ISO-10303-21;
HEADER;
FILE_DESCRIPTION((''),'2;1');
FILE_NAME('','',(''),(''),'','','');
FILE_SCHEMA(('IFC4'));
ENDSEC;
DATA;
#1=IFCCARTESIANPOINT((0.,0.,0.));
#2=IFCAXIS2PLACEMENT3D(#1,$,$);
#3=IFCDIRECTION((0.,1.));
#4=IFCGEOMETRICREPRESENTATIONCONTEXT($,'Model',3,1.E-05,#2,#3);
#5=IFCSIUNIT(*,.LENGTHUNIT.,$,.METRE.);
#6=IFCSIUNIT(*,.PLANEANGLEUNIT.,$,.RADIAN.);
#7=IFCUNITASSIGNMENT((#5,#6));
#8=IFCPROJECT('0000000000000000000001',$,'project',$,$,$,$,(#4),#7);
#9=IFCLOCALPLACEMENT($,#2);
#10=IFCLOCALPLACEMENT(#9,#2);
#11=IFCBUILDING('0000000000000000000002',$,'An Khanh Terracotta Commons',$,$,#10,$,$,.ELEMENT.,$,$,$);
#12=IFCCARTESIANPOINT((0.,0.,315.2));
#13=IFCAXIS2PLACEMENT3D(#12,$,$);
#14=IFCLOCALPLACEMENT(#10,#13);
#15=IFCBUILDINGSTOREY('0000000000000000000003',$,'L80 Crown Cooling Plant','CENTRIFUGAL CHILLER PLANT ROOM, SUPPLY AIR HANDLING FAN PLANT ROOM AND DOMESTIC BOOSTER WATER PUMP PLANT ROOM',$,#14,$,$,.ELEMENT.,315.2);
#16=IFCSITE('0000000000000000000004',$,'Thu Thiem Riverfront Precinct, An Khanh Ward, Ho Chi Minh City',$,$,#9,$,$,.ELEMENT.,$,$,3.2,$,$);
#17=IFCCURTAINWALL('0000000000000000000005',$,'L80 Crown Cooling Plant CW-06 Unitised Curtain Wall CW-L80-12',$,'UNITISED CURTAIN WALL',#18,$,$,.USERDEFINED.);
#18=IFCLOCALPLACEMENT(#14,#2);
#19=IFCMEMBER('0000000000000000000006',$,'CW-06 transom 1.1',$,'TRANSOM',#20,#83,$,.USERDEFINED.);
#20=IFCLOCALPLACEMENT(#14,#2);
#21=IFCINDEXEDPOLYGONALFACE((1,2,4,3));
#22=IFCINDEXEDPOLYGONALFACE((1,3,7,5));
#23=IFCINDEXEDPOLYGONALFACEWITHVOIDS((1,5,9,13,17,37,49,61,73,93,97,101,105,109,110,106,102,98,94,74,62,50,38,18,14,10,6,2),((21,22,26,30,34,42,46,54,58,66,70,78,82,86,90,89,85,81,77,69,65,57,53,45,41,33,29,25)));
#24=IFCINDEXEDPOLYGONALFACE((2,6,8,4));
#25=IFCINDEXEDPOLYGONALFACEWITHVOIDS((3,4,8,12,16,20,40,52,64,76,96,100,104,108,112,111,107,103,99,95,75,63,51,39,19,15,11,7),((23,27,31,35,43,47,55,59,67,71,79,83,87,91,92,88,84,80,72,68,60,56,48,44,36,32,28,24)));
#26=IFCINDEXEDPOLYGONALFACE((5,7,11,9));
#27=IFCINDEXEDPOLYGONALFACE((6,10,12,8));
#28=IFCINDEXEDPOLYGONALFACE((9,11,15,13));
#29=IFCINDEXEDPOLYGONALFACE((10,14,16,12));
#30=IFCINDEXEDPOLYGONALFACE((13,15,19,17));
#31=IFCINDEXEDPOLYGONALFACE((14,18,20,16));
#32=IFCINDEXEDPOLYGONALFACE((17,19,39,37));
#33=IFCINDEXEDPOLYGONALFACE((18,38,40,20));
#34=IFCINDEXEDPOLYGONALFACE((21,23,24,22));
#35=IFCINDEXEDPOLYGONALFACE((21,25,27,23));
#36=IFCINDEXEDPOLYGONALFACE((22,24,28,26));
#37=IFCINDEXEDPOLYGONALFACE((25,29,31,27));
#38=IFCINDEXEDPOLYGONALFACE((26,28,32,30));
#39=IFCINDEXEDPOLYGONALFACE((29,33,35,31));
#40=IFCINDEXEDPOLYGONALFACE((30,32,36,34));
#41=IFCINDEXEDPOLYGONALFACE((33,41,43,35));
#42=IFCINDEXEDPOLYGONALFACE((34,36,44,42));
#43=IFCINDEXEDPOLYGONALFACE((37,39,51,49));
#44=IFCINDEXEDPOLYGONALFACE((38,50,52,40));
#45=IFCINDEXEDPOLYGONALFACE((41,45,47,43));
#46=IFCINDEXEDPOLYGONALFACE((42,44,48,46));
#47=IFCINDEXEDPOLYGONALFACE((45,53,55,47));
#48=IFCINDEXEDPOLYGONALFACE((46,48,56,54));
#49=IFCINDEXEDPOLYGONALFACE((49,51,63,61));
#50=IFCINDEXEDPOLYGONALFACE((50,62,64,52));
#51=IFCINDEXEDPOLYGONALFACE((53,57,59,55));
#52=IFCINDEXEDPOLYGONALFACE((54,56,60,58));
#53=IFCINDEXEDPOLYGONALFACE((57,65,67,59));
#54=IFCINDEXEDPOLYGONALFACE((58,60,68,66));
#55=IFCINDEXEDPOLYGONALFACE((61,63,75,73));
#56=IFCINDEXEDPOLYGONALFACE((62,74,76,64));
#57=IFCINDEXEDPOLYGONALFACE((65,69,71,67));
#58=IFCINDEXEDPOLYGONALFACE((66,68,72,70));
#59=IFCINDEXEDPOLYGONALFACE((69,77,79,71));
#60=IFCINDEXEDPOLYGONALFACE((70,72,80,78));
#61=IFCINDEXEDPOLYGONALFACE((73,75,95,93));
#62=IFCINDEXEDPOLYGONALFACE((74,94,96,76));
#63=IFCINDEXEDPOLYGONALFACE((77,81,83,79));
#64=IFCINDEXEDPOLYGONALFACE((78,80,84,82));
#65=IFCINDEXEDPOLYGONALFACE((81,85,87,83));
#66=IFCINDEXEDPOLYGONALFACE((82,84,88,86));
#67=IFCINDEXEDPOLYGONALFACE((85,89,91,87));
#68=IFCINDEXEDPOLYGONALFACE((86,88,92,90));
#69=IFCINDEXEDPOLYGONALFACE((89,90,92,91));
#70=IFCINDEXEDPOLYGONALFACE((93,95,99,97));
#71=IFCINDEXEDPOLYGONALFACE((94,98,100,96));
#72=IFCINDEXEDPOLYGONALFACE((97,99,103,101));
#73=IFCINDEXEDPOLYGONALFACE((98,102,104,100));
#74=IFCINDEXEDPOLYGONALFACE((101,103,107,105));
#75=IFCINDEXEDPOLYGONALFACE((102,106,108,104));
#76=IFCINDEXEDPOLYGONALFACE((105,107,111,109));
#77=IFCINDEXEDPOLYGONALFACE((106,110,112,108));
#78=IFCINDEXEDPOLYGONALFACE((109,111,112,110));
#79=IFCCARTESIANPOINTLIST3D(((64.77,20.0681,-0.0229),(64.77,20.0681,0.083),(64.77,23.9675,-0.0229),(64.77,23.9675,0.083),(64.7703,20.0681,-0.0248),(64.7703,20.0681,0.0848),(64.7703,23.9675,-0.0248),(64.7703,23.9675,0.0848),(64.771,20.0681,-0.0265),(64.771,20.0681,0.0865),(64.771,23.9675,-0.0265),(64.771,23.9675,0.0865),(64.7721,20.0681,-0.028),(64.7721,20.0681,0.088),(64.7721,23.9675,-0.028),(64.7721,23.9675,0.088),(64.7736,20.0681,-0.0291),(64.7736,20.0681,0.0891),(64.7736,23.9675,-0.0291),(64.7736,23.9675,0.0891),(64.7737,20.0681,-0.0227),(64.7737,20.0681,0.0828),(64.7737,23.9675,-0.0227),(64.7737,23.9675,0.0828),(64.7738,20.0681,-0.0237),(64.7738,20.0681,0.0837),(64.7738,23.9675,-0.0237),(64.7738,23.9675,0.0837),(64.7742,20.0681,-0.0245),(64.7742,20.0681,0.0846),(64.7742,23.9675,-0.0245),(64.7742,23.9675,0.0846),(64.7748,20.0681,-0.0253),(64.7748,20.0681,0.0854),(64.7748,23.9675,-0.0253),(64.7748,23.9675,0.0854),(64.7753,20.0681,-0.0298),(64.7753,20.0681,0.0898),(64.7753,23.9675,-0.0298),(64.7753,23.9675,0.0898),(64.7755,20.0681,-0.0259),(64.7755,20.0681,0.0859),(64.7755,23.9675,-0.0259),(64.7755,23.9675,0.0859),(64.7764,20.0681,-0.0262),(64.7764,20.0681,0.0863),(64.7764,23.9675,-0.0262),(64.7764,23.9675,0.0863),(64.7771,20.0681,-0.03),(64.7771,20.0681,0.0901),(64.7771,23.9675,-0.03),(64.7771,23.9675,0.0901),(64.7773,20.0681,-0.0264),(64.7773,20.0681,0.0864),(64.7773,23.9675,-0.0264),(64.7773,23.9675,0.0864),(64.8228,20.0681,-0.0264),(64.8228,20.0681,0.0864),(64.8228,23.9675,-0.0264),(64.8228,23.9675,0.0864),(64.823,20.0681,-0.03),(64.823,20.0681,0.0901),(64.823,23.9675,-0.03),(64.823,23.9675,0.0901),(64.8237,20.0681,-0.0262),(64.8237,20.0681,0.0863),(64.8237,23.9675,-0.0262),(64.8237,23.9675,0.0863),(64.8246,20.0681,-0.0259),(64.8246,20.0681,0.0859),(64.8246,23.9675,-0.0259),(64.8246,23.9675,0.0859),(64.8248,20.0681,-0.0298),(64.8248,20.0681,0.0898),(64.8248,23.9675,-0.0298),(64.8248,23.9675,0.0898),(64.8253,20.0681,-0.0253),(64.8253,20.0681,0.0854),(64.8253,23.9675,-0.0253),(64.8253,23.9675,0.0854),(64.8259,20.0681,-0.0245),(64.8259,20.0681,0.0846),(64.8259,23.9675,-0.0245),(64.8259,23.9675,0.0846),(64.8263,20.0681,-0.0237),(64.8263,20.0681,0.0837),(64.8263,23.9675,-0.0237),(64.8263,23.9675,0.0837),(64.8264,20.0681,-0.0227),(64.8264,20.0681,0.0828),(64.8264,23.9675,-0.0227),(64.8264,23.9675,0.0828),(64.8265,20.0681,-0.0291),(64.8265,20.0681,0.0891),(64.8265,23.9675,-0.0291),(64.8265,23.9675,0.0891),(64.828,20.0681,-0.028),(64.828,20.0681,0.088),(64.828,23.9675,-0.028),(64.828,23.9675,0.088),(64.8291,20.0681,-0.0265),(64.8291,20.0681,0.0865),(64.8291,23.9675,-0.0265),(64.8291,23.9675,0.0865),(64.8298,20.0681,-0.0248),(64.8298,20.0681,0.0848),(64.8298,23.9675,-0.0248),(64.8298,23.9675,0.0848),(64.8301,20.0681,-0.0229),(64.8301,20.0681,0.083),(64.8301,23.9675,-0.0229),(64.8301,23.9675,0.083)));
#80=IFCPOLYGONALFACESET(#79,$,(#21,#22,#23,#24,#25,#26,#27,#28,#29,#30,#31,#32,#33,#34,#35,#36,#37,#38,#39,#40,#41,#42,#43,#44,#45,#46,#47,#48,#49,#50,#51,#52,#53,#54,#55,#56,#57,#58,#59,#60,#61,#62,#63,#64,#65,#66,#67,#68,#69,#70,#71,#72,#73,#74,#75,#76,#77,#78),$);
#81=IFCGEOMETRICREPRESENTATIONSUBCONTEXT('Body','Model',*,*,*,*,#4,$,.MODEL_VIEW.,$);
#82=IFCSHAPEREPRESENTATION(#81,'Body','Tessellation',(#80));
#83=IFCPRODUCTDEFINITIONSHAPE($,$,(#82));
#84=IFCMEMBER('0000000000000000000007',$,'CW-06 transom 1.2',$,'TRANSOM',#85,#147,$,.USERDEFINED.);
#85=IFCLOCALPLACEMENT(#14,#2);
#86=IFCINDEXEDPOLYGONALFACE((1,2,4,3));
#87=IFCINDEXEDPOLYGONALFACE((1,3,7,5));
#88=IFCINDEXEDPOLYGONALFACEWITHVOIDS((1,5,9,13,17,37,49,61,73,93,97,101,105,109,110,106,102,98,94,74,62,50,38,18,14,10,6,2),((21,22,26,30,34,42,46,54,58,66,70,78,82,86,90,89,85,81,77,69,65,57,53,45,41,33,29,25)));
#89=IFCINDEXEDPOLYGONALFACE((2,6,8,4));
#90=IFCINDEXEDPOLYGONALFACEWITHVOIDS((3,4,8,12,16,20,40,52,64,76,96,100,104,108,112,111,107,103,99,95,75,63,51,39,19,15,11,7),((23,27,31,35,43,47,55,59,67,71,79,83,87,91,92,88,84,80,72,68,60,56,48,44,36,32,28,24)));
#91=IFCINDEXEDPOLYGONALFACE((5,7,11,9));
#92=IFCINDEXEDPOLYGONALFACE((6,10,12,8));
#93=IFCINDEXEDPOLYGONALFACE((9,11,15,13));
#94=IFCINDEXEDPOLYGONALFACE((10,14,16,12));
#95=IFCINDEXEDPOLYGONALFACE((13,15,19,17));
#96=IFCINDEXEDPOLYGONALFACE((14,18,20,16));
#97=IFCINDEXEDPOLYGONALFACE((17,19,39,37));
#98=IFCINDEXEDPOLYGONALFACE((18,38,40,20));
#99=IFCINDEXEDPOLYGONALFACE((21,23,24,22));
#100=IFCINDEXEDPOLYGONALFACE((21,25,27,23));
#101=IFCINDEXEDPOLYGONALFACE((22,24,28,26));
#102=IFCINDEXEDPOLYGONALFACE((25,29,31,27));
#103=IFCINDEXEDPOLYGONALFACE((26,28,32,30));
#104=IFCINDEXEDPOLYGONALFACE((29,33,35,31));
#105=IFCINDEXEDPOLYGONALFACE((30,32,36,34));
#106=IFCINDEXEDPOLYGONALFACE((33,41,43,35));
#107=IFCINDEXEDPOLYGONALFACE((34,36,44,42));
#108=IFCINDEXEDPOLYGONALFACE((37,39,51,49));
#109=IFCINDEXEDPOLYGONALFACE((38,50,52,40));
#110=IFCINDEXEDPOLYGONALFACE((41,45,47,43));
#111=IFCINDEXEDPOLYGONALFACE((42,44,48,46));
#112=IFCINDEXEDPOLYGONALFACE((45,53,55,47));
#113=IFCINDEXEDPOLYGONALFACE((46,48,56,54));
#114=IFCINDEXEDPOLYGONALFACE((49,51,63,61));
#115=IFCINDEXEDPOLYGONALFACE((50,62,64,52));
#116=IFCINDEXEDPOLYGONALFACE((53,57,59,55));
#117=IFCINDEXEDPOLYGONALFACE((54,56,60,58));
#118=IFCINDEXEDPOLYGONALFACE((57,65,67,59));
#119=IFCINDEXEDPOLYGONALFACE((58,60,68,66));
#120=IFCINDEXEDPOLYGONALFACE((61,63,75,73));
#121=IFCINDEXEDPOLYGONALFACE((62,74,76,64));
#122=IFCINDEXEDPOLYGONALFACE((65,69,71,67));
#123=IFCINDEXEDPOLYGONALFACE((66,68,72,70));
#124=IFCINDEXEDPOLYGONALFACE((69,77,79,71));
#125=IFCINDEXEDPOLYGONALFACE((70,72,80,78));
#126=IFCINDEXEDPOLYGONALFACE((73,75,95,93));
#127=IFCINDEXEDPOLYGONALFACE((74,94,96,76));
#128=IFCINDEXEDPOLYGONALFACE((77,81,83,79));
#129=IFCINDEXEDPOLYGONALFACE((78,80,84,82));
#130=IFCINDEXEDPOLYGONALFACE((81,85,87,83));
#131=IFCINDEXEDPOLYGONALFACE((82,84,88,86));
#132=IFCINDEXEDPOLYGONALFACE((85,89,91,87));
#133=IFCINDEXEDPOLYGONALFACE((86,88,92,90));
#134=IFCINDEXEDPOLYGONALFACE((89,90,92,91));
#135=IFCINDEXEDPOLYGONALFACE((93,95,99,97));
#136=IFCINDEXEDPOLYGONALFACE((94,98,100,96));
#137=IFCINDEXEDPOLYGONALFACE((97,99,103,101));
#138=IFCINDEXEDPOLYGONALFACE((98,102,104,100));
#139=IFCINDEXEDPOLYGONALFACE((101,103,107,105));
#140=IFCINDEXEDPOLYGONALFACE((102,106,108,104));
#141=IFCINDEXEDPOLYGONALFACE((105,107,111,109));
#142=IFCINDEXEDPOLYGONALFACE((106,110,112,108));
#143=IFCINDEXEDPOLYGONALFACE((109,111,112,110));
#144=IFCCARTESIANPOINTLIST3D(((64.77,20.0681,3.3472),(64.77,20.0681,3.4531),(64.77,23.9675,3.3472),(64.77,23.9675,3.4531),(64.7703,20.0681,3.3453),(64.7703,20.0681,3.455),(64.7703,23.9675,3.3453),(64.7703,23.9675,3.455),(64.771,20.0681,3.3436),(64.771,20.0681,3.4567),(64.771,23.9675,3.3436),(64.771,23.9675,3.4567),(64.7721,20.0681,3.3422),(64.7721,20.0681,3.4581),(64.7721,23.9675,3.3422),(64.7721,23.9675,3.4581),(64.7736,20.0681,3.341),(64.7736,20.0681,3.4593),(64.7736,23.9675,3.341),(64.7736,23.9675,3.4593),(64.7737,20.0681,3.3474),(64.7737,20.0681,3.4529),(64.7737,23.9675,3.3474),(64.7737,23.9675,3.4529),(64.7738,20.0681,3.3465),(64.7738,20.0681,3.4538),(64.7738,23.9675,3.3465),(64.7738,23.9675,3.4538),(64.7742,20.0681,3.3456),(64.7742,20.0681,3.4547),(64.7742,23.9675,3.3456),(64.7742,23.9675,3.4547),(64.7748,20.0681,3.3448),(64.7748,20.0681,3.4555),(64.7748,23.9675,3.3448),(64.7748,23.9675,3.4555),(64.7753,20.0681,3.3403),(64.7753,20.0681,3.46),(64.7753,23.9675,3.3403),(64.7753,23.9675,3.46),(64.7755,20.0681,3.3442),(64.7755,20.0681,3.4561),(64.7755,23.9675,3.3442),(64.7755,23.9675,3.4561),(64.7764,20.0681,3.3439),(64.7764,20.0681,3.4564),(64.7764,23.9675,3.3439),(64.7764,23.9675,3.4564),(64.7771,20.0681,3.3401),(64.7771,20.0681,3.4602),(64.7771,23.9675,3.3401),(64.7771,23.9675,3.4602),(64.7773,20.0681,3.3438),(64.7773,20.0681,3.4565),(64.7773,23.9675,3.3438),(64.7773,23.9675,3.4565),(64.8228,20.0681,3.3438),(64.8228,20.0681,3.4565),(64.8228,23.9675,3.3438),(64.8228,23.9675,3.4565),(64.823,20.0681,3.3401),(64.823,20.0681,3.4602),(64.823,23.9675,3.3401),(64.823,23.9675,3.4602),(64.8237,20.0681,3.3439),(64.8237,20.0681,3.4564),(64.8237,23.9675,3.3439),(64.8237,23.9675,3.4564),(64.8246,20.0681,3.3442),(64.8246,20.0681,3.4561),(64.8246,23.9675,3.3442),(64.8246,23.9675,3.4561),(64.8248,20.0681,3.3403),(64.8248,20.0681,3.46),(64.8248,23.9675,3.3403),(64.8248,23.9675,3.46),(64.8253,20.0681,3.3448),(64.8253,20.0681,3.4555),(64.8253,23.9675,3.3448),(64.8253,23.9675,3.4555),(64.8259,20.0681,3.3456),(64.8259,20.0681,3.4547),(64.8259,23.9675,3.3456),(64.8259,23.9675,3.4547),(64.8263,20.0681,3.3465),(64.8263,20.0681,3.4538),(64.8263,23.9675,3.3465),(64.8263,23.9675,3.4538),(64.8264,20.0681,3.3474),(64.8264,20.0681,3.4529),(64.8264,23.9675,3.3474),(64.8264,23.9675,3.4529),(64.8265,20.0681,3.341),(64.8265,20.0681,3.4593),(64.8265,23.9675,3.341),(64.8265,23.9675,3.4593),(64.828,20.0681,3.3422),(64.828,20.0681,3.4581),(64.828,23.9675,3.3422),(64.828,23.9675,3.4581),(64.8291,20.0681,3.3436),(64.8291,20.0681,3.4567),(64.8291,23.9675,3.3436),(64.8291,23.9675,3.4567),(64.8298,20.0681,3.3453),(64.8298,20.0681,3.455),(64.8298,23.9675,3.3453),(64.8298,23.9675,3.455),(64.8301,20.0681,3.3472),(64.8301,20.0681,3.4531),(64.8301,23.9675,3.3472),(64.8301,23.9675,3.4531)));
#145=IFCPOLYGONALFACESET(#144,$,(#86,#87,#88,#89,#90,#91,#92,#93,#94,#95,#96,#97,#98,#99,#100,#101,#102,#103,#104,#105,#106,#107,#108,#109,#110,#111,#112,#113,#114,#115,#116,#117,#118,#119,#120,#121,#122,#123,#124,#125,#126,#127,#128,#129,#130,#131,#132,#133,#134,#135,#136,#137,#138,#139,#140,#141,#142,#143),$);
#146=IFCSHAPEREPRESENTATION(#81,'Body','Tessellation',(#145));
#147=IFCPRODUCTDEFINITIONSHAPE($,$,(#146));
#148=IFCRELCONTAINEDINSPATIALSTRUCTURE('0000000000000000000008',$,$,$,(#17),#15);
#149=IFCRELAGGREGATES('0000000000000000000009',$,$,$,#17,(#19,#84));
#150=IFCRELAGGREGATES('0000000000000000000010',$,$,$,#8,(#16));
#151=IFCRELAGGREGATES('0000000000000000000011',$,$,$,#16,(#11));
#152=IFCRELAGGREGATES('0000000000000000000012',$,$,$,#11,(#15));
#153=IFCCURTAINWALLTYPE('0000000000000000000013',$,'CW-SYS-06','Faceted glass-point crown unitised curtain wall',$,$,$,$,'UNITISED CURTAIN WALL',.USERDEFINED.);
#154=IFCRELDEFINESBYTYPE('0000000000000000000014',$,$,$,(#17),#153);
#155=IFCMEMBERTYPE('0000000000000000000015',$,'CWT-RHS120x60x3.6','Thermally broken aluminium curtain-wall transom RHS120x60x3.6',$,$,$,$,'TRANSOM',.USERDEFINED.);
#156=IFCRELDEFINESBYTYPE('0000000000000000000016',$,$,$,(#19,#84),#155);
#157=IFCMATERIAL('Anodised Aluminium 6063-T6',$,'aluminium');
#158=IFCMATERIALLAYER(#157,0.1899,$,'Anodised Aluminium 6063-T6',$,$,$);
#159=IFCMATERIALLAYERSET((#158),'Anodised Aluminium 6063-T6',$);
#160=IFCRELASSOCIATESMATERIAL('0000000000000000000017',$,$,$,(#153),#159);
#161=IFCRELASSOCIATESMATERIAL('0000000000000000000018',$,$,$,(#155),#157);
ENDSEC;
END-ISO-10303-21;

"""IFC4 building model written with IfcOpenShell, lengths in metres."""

from ifc_helpers import new_model, si_unit, direction, frame, origin, origin_2d, place, context, subcontext, project, spatial, hollow_rectangle, extrude, material, layer, layer_set, material_profile, profile_set, type_object, element, aggregate, save


model = new_model("IFC4")

# Units and contexts
model_context = context("Model", 3, precision=1e-05, world=origin(), true_north=direction((0.0, 1.0)))
body_context = subcontext(model_context, "Body", "Model", "MODEL_VIEW")
ifc_project = project(units=[si_unit("LENGTHUNIT", "METRE"), si_unit("PLANEANGLEUNIT", "RADIAN")], contexts=[model_context])

# Site, building, storey
site_placement = place(None, origin())
site = spatial("IfcSite", under=ifc_project, at=site_placement, Name="Thu Thiem Riverfront Precinct, An Khanh Ward, Ho Chi Minh City", CompositionType="ELEMENT", RefElevation=3.2)
building_placement = place(site_placement, origin())
building = spatial("IfcBuilding", under=site, at=building_placement, Name="An Khanh Terracotta Commons", CompositionType="ELEMENT")
storey_placement = place(building_placement, frame((0.0, 0.0, 315.2)))
storey = spatial("IfcBuildingStorey", under=building, at=storey_placement, Name="L80 Crown Cooling Plant", Description="CENTRIFUGAL CHILLER PLANT ROOM, SUPPLY AIR HANDLING FAN PLANT ROOM AND DOMESTIC BOOSTER WATER PUMP PLANT ROOM", CompositionType="ELEMENT", Elevation=315.2)

# Shared definitions
ifc_material_1 = material(Name="Anodised Aluminium 6063-T6", Category="aluminium")
ifc_layer_1 = layer(ifc_material_1, 0.1899, Name="Anodised Aluminium 6063-T6")
ifc_layer_set_1 = layer_set([ifc_layer_1], Name="Anodised Aluminium 6063-T6")
curtain_wall_type = type_object("IfcCurtainWallType", Name="CW-SYS-06", Description="Faceted glass-point crown unitised curtain wall", ElementType="UNITISED CURTAIN WALL", PredefinedType="USERDEFINED", material=ifc_layer_set_1)

# Curtain wall, members
curtain_wall_1_placement = place(storey_placement, origin())
curtain_wall_1 = element("IfcCurtainWall", 1, at=curtain_wall_1_placement, inside=storey, type_object=curtain_wall_type, Name="L80 Crown Cooling Plant CW-06 Unitised Curtain Wall CW-L80-12", ObjectType="UNITISED CURTAIN WALL", PredefinedType="USERDEFINED")
ifc_material_profile_1 = material_profile(ifc_material_1, hollow_rectangle(XDim=0.0601, YDim=0.1201, WallThickness=0.0037, InnerFilletRadius=0.0037, OuterFilletRadius=0.0071, at=origin_2d()), Name="RHS120x60x3.6")
ifc_profile_set_1 = profile_set([ifc_material_profile_1], Name="Anodised Aluminium 6063-T6")
member_type_1 = type_object("IfcMemberType", Name="CWT-RHS120x60x3.6", Description="Thermally broken aluminium curtain-wall transom RHS120x60x3.6", ElementType="TRANSOM", PredefinedType="USERDEFINED", material=ifc_profile_set_1)
member_1_placement = place(storey_placement, frame((64.8, 20.0681, 0.03), z_axis=(0.0, 1.0, 0.0), x_axis=(-1.0, 0.0, 0.0)))
member_1 = element("IfcMember", 2, at=member_1_placement, type_object=member_type_1, Name="CW-06 transom 1.1", ObjectType="TRANSOM", PredefinedType="USERDEFINED", context=body_context, shape_type="SweptSolid", body=[
    extrude(hollow_rectangle(XDim=0.0601, YDim=0.1201, WallThickness=0.0037, InnerFilletRadius=0.0037, OuterFilletRadius=0.0071, at=origin_2d()), origin(), (0.0, 0.0, 1.0), 3.8994),
])
member_2_placement = place(storey_placement, frame((64.8, 20.0681, 3.4001), z_axis=(0.0, 1.0, 0.0), x_axis=(-1.0, 0.0, 0.0)))
member_2 = element("IfcMember", 3, at=member_2_placement, type_object=member_type_1, Name="CW-06 transom 1.2", ObjectType="TRANSOM", PredefinedType="USERDEFINED", context=body_context, shape_type="SweptSolid", body=[
    extrude(hollow_rectangle(XDim=0.0601, YDim=0.1201, WallThickness=0.0037, InnerFilletRadius=0.0037, OuterFilletRadius=0.0071, at=origin_2d()), origin(), (0.0, 0.0, 1.0), 3.8994),
])

aggregate(curtain_wall_1, [member_1, member_2])

save(model, "model.ifc")
